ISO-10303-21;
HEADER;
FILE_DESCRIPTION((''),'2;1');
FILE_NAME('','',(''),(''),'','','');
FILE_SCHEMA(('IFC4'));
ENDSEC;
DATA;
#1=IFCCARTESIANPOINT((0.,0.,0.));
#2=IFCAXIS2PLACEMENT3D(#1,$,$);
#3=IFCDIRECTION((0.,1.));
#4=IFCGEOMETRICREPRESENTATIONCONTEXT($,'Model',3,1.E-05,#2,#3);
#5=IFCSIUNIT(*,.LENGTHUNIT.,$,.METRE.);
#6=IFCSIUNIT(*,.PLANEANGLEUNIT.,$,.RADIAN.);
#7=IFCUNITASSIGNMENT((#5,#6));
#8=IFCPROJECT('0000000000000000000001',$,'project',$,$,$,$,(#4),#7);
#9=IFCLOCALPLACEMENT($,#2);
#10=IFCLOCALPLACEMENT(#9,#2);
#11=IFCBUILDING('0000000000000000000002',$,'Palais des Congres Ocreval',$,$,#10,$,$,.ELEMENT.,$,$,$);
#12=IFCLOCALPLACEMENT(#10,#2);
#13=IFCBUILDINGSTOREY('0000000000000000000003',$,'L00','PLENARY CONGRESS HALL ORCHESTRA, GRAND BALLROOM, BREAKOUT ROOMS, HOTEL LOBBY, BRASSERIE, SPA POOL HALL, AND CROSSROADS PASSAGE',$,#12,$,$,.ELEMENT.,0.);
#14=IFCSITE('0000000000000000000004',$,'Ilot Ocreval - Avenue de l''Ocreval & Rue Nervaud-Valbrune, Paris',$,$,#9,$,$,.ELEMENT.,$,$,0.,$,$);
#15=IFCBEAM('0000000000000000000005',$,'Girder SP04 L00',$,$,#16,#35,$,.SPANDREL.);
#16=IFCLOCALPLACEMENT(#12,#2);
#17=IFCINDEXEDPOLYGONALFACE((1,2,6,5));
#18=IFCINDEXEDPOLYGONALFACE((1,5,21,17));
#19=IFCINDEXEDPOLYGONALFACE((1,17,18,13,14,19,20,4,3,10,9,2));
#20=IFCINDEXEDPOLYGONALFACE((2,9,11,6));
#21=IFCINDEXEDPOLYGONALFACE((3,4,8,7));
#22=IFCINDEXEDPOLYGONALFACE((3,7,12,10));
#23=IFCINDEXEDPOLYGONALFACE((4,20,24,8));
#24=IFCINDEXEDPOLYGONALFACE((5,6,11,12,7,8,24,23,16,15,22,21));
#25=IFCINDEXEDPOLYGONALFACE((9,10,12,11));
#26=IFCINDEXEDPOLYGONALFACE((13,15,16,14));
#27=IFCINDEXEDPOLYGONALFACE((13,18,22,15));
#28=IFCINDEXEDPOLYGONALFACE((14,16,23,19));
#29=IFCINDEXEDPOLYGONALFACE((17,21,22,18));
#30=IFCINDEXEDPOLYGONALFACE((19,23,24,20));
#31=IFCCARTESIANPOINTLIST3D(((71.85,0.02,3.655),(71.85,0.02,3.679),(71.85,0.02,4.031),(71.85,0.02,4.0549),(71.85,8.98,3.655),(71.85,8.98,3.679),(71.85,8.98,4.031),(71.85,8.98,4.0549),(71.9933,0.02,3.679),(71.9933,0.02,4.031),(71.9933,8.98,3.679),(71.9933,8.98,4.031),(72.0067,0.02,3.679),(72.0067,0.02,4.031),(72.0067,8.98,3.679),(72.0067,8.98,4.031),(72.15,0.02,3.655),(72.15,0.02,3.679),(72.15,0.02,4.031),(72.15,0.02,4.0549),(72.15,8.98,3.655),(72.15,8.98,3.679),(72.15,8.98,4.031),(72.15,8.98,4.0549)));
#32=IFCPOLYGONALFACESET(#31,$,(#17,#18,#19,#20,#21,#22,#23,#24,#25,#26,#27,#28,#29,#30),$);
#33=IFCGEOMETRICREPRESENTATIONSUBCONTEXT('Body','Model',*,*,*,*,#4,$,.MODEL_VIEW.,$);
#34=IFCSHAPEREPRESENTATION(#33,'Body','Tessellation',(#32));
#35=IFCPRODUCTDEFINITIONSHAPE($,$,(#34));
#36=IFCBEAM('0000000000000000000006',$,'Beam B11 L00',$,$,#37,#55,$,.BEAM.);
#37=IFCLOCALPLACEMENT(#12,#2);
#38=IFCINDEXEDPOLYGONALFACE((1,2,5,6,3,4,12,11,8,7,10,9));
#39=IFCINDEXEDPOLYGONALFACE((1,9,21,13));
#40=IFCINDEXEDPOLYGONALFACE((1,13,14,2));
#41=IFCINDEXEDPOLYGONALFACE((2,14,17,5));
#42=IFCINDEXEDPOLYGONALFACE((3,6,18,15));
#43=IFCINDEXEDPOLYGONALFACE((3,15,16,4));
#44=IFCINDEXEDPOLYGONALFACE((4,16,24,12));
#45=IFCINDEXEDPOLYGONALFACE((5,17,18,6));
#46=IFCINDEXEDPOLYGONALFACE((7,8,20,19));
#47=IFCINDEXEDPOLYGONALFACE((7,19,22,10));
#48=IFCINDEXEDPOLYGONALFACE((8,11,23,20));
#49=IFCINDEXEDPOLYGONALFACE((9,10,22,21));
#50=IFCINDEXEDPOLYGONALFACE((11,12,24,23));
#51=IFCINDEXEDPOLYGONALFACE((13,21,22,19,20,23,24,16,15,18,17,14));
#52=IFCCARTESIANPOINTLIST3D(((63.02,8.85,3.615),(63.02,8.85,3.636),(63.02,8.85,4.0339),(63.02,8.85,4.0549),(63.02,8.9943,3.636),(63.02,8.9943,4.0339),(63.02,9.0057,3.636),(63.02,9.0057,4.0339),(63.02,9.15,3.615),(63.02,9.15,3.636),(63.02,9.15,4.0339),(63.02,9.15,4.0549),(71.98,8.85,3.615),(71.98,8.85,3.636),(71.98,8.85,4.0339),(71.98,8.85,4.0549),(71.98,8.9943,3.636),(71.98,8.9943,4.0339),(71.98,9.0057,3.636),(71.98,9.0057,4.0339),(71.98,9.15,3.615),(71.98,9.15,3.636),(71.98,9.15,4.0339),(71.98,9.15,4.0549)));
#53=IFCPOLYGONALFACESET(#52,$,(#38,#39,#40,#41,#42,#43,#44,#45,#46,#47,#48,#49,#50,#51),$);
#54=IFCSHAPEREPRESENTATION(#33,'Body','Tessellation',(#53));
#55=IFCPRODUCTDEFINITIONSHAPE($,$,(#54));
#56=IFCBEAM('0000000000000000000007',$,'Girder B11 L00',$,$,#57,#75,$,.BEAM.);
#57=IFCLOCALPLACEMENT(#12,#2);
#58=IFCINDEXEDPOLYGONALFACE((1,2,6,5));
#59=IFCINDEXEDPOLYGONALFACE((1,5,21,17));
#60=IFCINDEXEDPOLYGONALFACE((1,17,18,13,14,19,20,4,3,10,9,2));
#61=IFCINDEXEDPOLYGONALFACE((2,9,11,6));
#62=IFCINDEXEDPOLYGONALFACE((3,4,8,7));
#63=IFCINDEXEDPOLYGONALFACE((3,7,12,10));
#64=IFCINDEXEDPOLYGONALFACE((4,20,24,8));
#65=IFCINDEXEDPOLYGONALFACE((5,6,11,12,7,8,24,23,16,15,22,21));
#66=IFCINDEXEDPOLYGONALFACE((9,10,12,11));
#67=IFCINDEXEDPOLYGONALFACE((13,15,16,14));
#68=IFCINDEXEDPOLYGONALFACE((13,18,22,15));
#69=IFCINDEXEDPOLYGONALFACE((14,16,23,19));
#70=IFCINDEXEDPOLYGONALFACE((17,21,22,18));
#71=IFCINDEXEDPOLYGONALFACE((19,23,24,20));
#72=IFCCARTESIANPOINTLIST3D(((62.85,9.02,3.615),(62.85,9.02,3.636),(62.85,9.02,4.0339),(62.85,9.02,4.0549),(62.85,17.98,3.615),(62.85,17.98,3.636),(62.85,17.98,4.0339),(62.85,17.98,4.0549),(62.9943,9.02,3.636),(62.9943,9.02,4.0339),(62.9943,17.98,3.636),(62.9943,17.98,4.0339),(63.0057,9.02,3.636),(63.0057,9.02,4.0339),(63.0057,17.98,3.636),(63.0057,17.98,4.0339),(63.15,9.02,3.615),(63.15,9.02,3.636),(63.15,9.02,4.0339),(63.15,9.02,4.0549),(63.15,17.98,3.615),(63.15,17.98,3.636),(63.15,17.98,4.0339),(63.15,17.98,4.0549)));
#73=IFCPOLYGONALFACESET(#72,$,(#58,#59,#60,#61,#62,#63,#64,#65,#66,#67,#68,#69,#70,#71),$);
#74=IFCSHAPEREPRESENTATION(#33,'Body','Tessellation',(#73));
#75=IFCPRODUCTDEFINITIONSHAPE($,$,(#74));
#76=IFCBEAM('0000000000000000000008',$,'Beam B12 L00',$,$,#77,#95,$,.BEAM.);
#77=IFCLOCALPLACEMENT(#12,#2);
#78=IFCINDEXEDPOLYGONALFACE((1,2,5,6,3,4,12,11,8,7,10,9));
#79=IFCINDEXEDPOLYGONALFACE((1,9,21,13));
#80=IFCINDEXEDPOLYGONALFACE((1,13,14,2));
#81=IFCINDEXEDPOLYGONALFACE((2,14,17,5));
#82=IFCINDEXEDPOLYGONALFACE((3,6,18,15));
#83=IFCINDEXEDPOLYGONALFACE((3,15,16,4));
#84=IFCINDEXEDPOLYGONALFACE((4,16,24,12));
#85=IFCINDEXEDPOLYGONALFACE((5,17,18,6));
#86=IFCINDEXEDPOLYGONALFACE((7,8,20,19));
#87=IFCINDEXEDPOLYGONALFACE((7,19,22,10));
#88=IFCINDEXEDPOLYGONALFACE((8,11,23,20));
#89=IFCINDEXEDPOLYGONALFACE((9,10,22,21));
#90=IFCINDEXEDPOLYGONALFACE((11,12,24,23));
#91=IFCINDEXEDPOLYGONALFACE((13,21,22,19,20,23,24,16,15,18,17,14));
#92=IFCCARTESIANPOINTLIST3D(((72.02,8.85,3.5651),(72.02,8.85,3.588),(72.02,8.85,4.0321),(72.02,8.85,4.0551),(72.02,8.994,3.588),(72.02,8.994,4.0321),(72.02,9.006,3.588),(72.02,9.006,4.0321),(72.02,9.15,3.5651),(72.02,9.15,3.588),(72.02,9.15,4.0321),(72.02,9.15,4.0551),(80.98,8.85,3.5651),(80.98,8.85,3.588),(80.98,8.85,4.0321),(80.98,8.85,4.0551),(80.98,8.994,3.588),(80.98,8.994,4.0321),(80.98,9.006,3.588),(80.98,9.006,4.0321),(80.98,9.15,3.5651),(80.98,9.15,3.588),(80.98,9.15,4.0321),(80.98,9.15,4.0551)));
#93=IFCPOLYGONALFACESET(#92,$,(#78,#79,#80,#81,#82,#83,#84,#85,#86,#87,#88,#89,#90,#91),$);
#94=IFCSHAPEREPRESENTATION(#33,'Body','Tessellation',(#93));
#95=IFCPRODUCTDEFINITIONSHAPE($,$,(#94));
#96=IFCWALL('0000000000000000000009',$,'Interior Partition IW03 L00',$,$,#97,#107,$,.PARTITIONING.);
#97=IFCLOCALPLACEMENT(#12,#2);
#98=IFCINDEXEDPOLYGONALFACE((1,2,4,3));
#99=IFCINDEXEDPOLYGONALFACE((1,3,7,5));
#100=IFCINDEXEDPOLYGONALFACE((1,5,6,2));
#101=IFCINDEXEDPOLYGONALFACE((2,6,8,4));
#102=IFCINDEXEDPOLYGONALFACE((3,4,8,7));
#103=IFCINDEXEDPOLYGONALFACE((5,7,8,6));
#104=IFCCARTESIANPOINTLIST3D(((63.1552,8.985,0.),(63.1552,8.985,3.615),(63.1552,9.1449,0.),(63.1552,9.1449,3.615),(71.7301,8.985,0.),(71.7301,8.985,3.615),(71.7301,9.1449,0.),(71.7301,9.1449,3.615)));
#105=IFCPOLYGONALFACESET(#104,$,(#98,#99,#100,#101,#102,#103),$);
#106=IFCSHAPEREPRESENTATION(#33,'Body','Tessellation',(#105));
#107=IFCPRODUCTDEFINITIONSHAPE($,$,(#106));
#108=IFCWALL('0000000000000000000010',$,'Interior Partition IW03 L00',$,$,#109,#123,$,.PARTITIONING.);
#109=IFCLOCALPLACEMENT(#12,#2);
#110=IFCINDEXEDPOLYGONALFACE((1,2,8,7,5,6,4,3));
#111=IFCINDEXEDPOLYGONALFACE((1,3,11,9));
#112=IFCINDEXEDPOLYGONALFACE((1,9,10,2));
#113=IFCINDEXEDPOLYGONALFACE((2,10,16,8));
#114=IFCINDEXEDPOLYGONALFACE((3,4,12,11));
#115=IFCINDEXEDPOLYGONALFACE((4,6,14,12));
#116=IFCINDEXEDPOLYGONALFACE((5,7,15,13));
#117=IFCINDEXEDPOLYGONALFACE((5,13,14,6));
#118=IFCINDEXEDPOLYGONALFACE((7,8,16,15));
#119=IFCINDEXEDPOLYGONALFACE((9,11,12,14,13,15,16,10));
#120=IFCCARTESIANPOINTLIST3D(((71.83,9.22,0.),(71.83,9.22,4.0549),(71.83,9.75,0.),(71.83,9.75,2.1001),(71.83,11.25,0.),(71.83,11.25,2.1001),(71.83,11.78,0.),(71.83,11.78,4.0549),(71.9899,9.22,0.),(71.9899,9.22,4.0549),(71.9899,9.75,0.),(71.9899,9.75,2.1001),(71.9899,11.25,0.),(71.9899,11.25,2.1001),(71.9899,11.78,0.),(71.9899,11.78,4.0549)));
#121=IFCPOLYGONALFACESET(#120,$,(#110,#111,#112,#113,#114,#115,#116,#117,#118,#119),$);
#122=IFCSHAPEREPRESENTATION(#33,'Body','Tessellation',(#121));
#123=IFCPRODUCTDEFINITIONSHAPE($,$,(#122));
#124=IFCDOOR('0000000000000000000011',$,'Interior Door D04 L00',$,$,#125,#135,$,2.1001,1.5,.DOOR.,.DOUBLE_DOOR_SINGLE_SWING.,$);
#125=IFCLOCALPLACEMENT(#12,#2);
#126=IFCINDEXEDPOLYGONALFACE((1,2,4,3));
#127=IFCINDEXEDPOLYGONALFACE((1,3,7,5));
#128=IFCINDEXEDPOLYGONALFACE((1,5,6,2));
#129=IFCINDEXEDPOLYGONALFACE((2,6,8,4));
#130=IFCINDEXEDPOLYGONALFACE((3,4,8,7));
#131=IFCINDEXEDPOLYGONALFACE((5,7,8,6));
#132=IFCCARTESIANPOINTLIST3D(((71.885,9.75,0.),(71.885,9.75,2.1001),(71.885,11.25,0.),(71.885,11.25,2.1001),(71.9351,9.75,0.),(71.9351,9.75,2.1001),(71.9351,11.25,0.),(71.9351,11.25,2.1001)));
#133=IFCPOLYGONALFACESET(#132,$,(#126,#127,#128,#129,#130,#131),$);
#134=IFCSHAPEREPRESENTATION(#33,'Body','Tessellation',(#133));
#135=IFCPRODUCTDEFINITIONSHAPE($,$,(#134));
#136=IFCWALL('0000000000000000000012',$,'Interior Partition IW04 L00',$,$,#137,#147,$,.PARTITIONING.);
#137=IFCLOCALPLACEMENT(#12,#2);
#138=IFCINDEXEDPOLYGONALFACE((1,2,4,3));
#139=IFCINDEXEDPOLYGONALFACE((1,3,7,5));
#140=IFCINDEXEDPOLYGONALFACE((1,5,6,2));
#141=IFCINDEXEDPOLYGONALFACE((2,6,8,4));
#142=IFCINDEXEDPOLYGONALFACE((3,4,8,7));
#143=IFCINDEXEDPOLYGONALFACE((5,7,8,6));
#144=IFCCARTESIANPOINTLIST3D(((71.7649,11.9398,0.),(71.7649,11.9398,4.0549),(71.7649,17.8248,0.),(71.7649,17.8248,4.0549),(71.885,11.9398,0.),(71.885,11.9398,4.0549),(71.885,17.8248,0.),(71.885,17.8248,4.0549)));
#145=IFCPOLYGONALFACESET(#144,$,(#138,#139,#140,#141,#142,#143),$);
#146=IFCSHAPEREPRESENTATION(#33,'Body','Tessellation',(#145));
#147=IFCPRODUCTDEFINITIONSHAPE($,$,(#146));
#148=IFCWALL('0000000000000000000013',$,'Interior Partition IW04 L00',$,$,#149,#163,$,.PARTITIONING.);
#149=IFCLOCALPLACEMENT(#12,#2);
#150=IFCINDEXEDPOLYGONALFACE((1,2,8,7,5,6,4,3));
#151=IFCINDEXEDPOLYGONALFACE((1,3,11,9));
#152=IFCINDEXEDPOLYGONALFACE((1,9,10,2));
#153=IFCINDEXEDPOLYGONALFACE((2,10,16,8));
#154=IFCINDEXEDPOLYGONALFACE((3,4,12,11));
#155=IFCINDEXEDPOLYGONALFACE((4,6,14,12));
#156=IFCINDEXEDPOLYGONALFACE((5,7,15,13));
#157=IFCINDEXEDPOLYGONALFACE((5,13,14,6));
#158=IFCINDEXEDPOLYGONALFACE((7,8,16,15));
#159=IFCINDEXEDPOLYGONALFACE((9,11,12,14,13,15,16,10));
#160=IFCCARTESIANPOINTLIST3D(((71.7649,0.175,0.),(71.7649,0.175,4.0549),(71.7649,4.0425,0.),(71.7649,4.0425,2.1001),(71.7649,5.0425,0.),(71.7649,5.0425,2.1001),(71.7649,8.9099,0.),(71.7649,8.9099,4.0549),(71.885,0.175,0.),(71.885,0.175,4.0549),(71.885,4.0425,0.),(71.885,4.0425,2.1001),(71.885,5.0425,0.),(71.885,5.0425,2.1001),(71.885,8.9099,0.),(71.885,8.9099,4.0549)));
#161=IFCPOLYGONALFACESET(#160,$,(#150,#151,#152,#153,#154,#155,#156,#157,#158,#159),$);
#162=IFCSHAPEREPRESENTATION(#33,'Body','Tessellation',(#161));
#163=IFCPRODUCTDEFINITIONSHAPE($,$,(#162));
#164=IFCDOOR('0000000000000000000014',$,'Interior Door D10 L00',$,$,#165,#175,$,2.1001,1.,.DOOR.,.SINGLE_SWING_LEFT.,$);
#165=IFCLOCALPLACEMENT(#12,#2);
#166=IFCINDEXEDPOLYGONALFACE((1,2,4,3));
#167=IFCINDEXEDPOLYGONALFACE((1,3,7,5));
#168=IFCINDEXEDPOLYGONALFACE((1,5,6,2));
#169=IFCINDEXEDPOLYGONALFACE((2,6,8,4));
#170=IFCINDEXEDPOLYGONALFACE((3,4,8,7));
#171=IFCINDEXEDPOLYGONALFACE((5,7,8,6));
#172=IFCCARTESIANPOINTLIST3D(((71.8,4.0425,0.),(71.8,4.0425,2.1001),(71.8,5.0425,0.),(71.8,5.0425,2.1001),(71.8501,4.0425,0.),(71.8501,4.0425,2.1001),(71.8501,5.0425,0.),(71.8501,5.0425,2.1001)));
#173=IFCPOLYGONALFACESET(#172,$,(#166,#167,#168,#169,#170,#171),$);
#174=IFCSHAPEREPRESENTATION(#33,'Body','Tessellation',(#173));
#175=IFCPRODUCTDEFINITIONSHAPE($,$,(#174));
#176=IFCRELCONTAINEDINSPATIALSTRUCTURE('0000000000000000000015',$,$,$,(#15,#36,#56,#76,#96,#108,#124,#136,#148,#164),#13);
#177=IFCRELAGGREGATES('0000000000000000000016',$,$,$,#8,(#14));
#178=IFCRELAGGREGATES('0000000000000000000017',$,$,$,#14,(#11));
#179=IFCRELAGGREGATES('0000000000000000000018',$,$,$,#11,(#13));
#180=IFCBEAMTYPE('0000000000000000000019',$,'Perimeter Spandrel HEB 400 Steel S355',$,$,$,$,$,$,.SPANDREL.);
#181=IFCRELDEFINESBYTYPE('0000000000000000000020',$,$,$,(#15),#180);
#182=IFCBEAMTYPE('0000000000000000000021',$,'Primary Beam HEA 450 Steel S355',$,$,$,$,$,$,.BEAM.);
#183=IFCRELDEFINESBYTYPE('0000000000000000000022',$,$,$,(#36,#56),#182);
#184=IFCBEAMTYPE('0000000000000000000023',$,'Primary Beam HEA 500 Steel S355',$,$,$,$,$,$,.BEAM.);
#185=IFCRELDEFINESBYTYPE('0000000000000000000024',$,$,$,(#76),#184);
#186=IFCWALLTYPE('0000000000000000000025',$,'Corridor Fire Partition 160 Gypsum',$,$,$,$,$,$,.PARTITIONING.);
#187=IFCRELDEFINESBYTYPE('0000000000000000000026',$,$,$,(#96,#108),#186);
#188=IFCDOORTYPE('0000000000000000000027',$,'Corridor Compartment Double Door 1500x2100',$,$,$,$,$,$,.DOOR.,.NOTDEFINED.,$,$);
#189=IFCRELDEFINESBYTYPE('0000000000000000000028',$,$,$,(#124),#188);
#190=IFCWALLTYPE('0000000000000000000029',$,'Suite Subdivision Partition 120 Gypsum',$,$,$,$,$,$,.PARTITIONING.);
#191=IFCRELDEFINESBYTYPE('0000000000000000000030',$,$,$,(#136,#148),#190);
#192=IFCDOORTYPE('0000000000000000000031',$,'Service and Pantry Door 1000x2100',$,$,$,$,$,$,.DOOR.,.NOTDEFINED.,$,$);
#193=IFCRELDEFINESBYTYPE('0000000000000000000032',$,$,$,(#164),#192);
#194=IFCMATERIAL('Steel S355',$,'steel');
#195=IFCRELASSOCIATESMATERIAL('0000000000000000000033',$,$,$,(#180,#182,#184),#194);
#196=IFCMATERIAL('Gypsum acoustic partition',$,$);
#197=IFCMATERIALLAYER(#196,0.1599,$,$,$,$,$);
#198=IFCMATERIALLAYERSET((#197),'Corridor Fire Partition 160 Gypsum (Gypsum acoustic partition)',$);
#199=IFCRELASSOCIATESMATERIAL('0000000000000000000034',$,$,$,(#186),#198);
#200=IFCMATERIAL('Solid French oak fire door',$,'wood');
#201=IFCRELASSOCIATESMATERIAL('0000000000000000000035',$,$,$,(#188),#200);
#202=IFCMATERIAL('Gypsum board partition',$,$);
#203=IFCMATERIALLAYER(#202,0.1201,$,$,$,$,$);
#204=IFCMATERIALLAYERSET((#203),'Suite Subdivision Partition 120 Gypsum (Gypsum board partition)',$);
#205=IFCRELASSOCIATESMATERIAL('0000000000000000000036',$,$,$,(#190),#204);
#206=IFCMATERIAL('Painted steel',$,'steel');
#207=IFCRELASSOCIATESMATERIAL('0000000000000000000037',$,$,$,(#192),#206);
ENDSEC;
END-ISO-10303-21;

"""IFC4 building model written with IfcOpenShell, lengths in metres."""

from ifc_helpers import new_model, si_unit, direction, frame, frame_2d, origin, origin_2d, place, context, subcontext, project, spatial, rectangle, i_section, extrude, material, layer, layer_set, material_profile, profile_set, type_object, element, fill, save


model = new_model("IFC4")

# Units and contexts
model_context = context("Model", 3, precision=1e-05, world=origin(), true_north=direction((0.0, 1.0)))
body_context = subcontext(model_context, "Body", "Model", "MODEL_VIEW")
ifc_project = project(units=[si_unit("LENGTHUNIT", "METRE"), si_unit("PLANEANGLEUNIT", "RADIAN")], contexts=[model_context])

# Site, building, storey
site_placement = place(None, origin())
site = spatial("IfcSite", under=ifc_project, at=site_placement, Name="Ilot Ocreval - Avenue de l'Ocreval & Rue Nervaud-Valbrune, Paris", CompositionType="ELEMENT", RefElevation=0.0)
building_placement = place(site_placement, origin())
building = spatial("IfcBuilding", under=site, at=building_placement, Name="Palais des Congres Ocreval", CompositionType="ELEMENT")
storey_placement = place(building_placement, origin())
storey = spatial("IfcBuildingStorey", under=building, at=storey_placement, Name="L00", Description="PLENARY CONGRESS HALL ORCHESTRA, GRAND BALLROOM, BREAKOUT ROOMS, HOTEL LOBBY, BRASSERIE, SPA POOL HALL, AND CROSSROADS PASSAGE", CompositionType="ELEMENT", Elevation=0.0)

# Shared definitions
ifc_material_1 = material(Name="Steel S355", Category="steel")

# Beams
ifc_material_profile_1 = material_profile(ifc_material_1, i_section(OverallWidth=0.3, OverallDepth=0.3999, WebThickness=0.0134, FlangeThickness=0.0239, at=origin_2d()), Name="HEB 400")
ifc_profile_set_1 = profile_set([ifc_material_profile_1], Name="Steel S355")
beam_type_1 = type_object("IfcBeamType", Name="Perimeter Spandrel HEB 400 Steel S355", PredefinedType="SPANDREL", material=ifc_profile_set_1)
beam_1_placement = place(storey_placement, frame((72.0, 0.02, 3.855), z_axis=(0.0, 1.0, 0.0), x_axis=(-1.0, 0.0, 0.0)))
element("IfcBeam", 1, at=beam_1_placement, inside=storey, type_object=beam_type_1, Name="Girder SP04 L00", PredefinedType="SPANDREL", context=body_context, shape_type="SweptSolid", body=[
    extrude(i_section(OverallWidth=0.3, OverallDepth=0.3999, WebThickness=0.0134, FlangeThickness=0.0239, at=origin_2d()), origin(), (0.0, 0.0, 1.0), 8.96),
])
ifc_material_profile_2 = material_profile(ifc_material_1, i_section(OverallWidth=0.3, OverallDepth=0.4399, WebThickness=0.0115, FlangeThickness=0.021, at=origin_2d()), Name="HEA 450")
ifc_profile_set_2 = profile_set([ifc_material_profile_2], Name="Steel S355")
beam_type_2 = type_object("IfcBeamType", Name="Primary Beam HEA 450 Steel S355", PredefinedType="BEAM", material=ifc_profile_set_2)
for number, where, z_axis, x_axis, name in (
    (2, (63.02, 9.0, 3.835), (1.0, 0.0, 0.0), (0.0, 1.0, 0.0), "Beam B11 L00"),
    (3, (63.0, 9.02, 3.835), (0.0, 1.0, 0.0), (-1.0, 0.0, 0.0), "Girder B11 L00"),
):
    element("IfcBeam", number, at=place(storey_placement, frame(where, z_axis=z_axis, x_axis=x_axis)), inside=storey, type_object=beam_type_2, Name=name, PredefinedType="BEAM", context=body_context, shape_type="SweptSolid", body=[
        extrude(i_section(OverallWidth=0.3, OverallDepth=0.4399, WebThickness=0.0115, FlangeThickness=0.021, at=origin_2d()), origin(), (0.0, 0.0, 1.0), 8.96),
    ])
ifc_material_profile_3 = material_profile(ifc_material_1, i_section(OverallWidth=0.3, OverallDepth=0.49, WebThickness=0.012, FlangeThickness=0.0229, at=origin_2d()), Name="HEA 500")
ifc_profile_set_3 = profile_set([ifc_material_profile_3], Name="Steel S355")
beam_type_3 = type_object("IfcBeamType", Name="Primary Beam HEA 500 Steel S355", PredefinedType="BEAM", material=ifc_profile_set_3)
beam_2_placement = place(storey_placement, frame((72.02, 9.0, 3.8101), z_axis=(1.0, 0.0, 0.0), x_axis=(0.0, 1.0, 0.0)))
element("IfcBeam", 4, at=beam_2_placement, inside=storey, type_object=beam_type_3, Name="Beam B12 L00", PredefinedType="BEAM", context=body_context, shape_type="SweptSolid", body=[
    extrude(i_section(OverallWidth=0.3, OverallDepth=0.49, WebThickness=0.012, FlangeThickness=0.0229, at=origin_2d()), origin(), (0.0, 0.0, 1.0), 8.96),
])

# Wall
ifc_material_2 = material(Name="Gypsum acoustic partition")
ifc_layer_1 = layer(ifc_material_2, 0.1599)
ifc_layer_set_1 = layer_set([ifc_layer_1], Name="Corridor Fire Partition 160 Gypsum (Gypsum acoustic partition)")
wall_type_1 = type_object("IfcWallType", Name="Corridor Fire Partition 160 Gypsum", PredefinedType="PARTITIONING", material=ifc_layer_set_1)
wall_1_placement = place(storey_placement, frame((63.155, 9.0649, 0.0), z_axis=(0.0, 0.0, 1.0), x_axis=(1.0, 0.0, 0.0)))
element("IfcWall", 5, at=wall_1_placement, inside=storey, type_object=wall_type_1, Name="Interior Partition IW03 L00", PredefinedType="PARTITIONING", context=body_context, shape_type="SweptSolid", body=[
    extrude(rectangle(XDim=8.575, YDim=0.1599, at=frame_2d((4.2876, 0.0))), origin(), (0.0, 0.0, 1.0), 3.615),
])

# Wall, opening, door
wall_2_placement = place(storey_placement, frame((71.9099, 9.22, 0.0), z_axis=(0.0, 0.0, 1.0), x_axis=(0.0, 1.0, 0.0)))
wall_2 = element("IfcWall", 6, at=wall_2_placement, inside=storey, type_object=wall_type_1, Name="Interior Partition IW03 L00", PredefinedType="PARTITIONING", context=body_context, shape_type="SweptSolid", body=[
    extrude(rectangle(XDim=2.5601, YDim=0.1599, at=frame_2d((1.28, 0.0))), origin(), (0.0, 0.0, 1.0), 4.0549),
])
opening_1_placement = place(wall_2_placement, frame((0.53, 0.0, 0.0)))
opening_1 = element("IfcOpeningElement", 7, at=opening_1_placement, cuts=wall_2, PredefinedType="OPENING", context=body_context, shape_type="SweptSolid", body=[
    extrude(rectangle(XDim=1.5, YDim=2.1001, at=frame_2d((0.75, 1.05))), frame((0.0, 0.0898, 0.0), z_axis=(0.0, -1.0, 0.0), x_axis=(1.0, 0.0, 0.0)), (0.0, 0.0, 1.0), 0.1799),
])
ifc_material_3 = material(Name="Solid French oak fire door", Category="wood")
door_type_1 = type_object("IfcDoorType", Name="Corridor Compartment Double Door 1500x2100", OperationType="NOTDEFINED", PredefinedType="DOOR", material=ifc_material_3)
door_1_placement = place(opening_1_placement, origin())
door_1 = element("IfcDoor", 8, at=door_1_placement, inside=storey, type_object=door_type_1, Name="Interior Door D04 L00", OperationType="DOUBLE_DOOR_SINGLE_SWING", OverallHeight=2.1001, OverallWidth=1.5, PredefinedType="DOOR", context=body_context, shape_type="SweptSolid", body=[
    extrude(rectangle(XDim=1.5, YDim=2.1001, at=frame_2d((0.75, 1.05))), frame((0.0, 0.0249, 0.0), z_axis=(0.0, -1.0, 0.0), x_axis=(1.0, 0.0, 0.0)), (0.0, 0.0, 1.0), 0.05),
])
fill(opening_1, door_1)

# Wall
ifc_material_4 = material(Name="Gypsum board partition")
ifc_layer_2 = layer(ifc_material_4, 0.1201)
ifc_layer_set_2 = layer_set([ifc_layer_2], Name="Suite Subdivision Partition 120 Gypsum (Gypsum board partition)")
wall_type_2 = type_object("IfcWallType", Name="Suite Subdivision Partition 120 Gypsum", PredefinedType="PARTITIONING", material=ifc_layer_set_2)
wall_3_placement = place(storey_placement, frame((71.825, 11.9399, 0.0), z_axis=(0.0, 0.0, 1.0), x_axis=(0.0, 1.0, 0.0)))
element("IfcWall", 9, at=wall_3_placement, inside=storey, type_object=wall_type_2, Name="Interior Partition IW04 L00", PredefinedType="PARTITIONING", context=body_context, shape_type="SweptSolid", body=[
    extrude(rectangle(XDim=5.885, YDim=0.1201, at=frame_2d((2.9424, 0.0))), origin(), (0.0, 0.0, 1.0), 4.0549),
])

# Wall, opening, door
wall_4_placement = place(storey_placement, frame((71.825, 0.175, 0.0), z_axis=(0.0, 0.0, 1.0), x_axis=(0.0, 1.0, 0.0)))
wall_4 = element("IfcWall", 10, at=wall_4_placement, inside=storey, type_object=wall_type_2, Name="Interior Partition IW04 L00", PredefinedType="PARTITIONING", context=body_context, shape_type="SweptSolid", body=[
    extrude(rectangle(XDim=8.7349, YDim=0.1201, at=frame_2d((4.3674, 0.0))), origin(), (0.0, 0.0, 1.0), 4.0549),
])
opening_2_placement = place(wall_4_placement, frame((3.8674, 0.0, 0.0)))
opening_2 = element("IfcOpeningElement", 11, at=opening_2_placement, cuts=wall_4, PredefinedType="OPENING", context=body_context, shape_type="SweptSolid", body=[
    extrude(rectangle(XDim=1.0, YDim=2.1001, at=frame_2d((0.5, 1.05))), frame((0.0, 0.0701, 0.0), z_axis=(0.0, -1.0, 0.0), x_axis=(1.0, 0.0, 0.0)), (0.0, 0.0, 1.0), 0.1401),
])
ifc_material_5 = material(Name="Painted steel", Category="steel")
door_type_2 = type_object("IfcDoorType", Name="Service and Pantry Door 1000x2100", OperationType="NOTDEFINED", PredefinedType="DOOR", material=ifc_material_5)
door_2_placement = place(opening_2_placement, origin())
door_2 = element("IfcDoor", 12, at=door_2_placement, inside=storey, type_object=door_type_2, Name="Interior Door D10 L00", OperationType="SINGLE_SWING_LEFT", OverallHeight=2.1001, OverallWidth=1.0, PredefinedType="DOOR", context=body_context, shape_type="SweptSolid", body=[
    extrude(rectangle(XDim=1.0, YDim=2.1001, at=frame_2d((0.5, 1.05))), frame((0.0, 0.0249, 0.0), z_axis=(0.0, -1.0, 0.0), x_axis=(1.0, 0.0, 0.0)), (0.0, 0.0, 1.0), 0.05),
])
fill(opening_2, door_2)

save(model, "model.ifc")
